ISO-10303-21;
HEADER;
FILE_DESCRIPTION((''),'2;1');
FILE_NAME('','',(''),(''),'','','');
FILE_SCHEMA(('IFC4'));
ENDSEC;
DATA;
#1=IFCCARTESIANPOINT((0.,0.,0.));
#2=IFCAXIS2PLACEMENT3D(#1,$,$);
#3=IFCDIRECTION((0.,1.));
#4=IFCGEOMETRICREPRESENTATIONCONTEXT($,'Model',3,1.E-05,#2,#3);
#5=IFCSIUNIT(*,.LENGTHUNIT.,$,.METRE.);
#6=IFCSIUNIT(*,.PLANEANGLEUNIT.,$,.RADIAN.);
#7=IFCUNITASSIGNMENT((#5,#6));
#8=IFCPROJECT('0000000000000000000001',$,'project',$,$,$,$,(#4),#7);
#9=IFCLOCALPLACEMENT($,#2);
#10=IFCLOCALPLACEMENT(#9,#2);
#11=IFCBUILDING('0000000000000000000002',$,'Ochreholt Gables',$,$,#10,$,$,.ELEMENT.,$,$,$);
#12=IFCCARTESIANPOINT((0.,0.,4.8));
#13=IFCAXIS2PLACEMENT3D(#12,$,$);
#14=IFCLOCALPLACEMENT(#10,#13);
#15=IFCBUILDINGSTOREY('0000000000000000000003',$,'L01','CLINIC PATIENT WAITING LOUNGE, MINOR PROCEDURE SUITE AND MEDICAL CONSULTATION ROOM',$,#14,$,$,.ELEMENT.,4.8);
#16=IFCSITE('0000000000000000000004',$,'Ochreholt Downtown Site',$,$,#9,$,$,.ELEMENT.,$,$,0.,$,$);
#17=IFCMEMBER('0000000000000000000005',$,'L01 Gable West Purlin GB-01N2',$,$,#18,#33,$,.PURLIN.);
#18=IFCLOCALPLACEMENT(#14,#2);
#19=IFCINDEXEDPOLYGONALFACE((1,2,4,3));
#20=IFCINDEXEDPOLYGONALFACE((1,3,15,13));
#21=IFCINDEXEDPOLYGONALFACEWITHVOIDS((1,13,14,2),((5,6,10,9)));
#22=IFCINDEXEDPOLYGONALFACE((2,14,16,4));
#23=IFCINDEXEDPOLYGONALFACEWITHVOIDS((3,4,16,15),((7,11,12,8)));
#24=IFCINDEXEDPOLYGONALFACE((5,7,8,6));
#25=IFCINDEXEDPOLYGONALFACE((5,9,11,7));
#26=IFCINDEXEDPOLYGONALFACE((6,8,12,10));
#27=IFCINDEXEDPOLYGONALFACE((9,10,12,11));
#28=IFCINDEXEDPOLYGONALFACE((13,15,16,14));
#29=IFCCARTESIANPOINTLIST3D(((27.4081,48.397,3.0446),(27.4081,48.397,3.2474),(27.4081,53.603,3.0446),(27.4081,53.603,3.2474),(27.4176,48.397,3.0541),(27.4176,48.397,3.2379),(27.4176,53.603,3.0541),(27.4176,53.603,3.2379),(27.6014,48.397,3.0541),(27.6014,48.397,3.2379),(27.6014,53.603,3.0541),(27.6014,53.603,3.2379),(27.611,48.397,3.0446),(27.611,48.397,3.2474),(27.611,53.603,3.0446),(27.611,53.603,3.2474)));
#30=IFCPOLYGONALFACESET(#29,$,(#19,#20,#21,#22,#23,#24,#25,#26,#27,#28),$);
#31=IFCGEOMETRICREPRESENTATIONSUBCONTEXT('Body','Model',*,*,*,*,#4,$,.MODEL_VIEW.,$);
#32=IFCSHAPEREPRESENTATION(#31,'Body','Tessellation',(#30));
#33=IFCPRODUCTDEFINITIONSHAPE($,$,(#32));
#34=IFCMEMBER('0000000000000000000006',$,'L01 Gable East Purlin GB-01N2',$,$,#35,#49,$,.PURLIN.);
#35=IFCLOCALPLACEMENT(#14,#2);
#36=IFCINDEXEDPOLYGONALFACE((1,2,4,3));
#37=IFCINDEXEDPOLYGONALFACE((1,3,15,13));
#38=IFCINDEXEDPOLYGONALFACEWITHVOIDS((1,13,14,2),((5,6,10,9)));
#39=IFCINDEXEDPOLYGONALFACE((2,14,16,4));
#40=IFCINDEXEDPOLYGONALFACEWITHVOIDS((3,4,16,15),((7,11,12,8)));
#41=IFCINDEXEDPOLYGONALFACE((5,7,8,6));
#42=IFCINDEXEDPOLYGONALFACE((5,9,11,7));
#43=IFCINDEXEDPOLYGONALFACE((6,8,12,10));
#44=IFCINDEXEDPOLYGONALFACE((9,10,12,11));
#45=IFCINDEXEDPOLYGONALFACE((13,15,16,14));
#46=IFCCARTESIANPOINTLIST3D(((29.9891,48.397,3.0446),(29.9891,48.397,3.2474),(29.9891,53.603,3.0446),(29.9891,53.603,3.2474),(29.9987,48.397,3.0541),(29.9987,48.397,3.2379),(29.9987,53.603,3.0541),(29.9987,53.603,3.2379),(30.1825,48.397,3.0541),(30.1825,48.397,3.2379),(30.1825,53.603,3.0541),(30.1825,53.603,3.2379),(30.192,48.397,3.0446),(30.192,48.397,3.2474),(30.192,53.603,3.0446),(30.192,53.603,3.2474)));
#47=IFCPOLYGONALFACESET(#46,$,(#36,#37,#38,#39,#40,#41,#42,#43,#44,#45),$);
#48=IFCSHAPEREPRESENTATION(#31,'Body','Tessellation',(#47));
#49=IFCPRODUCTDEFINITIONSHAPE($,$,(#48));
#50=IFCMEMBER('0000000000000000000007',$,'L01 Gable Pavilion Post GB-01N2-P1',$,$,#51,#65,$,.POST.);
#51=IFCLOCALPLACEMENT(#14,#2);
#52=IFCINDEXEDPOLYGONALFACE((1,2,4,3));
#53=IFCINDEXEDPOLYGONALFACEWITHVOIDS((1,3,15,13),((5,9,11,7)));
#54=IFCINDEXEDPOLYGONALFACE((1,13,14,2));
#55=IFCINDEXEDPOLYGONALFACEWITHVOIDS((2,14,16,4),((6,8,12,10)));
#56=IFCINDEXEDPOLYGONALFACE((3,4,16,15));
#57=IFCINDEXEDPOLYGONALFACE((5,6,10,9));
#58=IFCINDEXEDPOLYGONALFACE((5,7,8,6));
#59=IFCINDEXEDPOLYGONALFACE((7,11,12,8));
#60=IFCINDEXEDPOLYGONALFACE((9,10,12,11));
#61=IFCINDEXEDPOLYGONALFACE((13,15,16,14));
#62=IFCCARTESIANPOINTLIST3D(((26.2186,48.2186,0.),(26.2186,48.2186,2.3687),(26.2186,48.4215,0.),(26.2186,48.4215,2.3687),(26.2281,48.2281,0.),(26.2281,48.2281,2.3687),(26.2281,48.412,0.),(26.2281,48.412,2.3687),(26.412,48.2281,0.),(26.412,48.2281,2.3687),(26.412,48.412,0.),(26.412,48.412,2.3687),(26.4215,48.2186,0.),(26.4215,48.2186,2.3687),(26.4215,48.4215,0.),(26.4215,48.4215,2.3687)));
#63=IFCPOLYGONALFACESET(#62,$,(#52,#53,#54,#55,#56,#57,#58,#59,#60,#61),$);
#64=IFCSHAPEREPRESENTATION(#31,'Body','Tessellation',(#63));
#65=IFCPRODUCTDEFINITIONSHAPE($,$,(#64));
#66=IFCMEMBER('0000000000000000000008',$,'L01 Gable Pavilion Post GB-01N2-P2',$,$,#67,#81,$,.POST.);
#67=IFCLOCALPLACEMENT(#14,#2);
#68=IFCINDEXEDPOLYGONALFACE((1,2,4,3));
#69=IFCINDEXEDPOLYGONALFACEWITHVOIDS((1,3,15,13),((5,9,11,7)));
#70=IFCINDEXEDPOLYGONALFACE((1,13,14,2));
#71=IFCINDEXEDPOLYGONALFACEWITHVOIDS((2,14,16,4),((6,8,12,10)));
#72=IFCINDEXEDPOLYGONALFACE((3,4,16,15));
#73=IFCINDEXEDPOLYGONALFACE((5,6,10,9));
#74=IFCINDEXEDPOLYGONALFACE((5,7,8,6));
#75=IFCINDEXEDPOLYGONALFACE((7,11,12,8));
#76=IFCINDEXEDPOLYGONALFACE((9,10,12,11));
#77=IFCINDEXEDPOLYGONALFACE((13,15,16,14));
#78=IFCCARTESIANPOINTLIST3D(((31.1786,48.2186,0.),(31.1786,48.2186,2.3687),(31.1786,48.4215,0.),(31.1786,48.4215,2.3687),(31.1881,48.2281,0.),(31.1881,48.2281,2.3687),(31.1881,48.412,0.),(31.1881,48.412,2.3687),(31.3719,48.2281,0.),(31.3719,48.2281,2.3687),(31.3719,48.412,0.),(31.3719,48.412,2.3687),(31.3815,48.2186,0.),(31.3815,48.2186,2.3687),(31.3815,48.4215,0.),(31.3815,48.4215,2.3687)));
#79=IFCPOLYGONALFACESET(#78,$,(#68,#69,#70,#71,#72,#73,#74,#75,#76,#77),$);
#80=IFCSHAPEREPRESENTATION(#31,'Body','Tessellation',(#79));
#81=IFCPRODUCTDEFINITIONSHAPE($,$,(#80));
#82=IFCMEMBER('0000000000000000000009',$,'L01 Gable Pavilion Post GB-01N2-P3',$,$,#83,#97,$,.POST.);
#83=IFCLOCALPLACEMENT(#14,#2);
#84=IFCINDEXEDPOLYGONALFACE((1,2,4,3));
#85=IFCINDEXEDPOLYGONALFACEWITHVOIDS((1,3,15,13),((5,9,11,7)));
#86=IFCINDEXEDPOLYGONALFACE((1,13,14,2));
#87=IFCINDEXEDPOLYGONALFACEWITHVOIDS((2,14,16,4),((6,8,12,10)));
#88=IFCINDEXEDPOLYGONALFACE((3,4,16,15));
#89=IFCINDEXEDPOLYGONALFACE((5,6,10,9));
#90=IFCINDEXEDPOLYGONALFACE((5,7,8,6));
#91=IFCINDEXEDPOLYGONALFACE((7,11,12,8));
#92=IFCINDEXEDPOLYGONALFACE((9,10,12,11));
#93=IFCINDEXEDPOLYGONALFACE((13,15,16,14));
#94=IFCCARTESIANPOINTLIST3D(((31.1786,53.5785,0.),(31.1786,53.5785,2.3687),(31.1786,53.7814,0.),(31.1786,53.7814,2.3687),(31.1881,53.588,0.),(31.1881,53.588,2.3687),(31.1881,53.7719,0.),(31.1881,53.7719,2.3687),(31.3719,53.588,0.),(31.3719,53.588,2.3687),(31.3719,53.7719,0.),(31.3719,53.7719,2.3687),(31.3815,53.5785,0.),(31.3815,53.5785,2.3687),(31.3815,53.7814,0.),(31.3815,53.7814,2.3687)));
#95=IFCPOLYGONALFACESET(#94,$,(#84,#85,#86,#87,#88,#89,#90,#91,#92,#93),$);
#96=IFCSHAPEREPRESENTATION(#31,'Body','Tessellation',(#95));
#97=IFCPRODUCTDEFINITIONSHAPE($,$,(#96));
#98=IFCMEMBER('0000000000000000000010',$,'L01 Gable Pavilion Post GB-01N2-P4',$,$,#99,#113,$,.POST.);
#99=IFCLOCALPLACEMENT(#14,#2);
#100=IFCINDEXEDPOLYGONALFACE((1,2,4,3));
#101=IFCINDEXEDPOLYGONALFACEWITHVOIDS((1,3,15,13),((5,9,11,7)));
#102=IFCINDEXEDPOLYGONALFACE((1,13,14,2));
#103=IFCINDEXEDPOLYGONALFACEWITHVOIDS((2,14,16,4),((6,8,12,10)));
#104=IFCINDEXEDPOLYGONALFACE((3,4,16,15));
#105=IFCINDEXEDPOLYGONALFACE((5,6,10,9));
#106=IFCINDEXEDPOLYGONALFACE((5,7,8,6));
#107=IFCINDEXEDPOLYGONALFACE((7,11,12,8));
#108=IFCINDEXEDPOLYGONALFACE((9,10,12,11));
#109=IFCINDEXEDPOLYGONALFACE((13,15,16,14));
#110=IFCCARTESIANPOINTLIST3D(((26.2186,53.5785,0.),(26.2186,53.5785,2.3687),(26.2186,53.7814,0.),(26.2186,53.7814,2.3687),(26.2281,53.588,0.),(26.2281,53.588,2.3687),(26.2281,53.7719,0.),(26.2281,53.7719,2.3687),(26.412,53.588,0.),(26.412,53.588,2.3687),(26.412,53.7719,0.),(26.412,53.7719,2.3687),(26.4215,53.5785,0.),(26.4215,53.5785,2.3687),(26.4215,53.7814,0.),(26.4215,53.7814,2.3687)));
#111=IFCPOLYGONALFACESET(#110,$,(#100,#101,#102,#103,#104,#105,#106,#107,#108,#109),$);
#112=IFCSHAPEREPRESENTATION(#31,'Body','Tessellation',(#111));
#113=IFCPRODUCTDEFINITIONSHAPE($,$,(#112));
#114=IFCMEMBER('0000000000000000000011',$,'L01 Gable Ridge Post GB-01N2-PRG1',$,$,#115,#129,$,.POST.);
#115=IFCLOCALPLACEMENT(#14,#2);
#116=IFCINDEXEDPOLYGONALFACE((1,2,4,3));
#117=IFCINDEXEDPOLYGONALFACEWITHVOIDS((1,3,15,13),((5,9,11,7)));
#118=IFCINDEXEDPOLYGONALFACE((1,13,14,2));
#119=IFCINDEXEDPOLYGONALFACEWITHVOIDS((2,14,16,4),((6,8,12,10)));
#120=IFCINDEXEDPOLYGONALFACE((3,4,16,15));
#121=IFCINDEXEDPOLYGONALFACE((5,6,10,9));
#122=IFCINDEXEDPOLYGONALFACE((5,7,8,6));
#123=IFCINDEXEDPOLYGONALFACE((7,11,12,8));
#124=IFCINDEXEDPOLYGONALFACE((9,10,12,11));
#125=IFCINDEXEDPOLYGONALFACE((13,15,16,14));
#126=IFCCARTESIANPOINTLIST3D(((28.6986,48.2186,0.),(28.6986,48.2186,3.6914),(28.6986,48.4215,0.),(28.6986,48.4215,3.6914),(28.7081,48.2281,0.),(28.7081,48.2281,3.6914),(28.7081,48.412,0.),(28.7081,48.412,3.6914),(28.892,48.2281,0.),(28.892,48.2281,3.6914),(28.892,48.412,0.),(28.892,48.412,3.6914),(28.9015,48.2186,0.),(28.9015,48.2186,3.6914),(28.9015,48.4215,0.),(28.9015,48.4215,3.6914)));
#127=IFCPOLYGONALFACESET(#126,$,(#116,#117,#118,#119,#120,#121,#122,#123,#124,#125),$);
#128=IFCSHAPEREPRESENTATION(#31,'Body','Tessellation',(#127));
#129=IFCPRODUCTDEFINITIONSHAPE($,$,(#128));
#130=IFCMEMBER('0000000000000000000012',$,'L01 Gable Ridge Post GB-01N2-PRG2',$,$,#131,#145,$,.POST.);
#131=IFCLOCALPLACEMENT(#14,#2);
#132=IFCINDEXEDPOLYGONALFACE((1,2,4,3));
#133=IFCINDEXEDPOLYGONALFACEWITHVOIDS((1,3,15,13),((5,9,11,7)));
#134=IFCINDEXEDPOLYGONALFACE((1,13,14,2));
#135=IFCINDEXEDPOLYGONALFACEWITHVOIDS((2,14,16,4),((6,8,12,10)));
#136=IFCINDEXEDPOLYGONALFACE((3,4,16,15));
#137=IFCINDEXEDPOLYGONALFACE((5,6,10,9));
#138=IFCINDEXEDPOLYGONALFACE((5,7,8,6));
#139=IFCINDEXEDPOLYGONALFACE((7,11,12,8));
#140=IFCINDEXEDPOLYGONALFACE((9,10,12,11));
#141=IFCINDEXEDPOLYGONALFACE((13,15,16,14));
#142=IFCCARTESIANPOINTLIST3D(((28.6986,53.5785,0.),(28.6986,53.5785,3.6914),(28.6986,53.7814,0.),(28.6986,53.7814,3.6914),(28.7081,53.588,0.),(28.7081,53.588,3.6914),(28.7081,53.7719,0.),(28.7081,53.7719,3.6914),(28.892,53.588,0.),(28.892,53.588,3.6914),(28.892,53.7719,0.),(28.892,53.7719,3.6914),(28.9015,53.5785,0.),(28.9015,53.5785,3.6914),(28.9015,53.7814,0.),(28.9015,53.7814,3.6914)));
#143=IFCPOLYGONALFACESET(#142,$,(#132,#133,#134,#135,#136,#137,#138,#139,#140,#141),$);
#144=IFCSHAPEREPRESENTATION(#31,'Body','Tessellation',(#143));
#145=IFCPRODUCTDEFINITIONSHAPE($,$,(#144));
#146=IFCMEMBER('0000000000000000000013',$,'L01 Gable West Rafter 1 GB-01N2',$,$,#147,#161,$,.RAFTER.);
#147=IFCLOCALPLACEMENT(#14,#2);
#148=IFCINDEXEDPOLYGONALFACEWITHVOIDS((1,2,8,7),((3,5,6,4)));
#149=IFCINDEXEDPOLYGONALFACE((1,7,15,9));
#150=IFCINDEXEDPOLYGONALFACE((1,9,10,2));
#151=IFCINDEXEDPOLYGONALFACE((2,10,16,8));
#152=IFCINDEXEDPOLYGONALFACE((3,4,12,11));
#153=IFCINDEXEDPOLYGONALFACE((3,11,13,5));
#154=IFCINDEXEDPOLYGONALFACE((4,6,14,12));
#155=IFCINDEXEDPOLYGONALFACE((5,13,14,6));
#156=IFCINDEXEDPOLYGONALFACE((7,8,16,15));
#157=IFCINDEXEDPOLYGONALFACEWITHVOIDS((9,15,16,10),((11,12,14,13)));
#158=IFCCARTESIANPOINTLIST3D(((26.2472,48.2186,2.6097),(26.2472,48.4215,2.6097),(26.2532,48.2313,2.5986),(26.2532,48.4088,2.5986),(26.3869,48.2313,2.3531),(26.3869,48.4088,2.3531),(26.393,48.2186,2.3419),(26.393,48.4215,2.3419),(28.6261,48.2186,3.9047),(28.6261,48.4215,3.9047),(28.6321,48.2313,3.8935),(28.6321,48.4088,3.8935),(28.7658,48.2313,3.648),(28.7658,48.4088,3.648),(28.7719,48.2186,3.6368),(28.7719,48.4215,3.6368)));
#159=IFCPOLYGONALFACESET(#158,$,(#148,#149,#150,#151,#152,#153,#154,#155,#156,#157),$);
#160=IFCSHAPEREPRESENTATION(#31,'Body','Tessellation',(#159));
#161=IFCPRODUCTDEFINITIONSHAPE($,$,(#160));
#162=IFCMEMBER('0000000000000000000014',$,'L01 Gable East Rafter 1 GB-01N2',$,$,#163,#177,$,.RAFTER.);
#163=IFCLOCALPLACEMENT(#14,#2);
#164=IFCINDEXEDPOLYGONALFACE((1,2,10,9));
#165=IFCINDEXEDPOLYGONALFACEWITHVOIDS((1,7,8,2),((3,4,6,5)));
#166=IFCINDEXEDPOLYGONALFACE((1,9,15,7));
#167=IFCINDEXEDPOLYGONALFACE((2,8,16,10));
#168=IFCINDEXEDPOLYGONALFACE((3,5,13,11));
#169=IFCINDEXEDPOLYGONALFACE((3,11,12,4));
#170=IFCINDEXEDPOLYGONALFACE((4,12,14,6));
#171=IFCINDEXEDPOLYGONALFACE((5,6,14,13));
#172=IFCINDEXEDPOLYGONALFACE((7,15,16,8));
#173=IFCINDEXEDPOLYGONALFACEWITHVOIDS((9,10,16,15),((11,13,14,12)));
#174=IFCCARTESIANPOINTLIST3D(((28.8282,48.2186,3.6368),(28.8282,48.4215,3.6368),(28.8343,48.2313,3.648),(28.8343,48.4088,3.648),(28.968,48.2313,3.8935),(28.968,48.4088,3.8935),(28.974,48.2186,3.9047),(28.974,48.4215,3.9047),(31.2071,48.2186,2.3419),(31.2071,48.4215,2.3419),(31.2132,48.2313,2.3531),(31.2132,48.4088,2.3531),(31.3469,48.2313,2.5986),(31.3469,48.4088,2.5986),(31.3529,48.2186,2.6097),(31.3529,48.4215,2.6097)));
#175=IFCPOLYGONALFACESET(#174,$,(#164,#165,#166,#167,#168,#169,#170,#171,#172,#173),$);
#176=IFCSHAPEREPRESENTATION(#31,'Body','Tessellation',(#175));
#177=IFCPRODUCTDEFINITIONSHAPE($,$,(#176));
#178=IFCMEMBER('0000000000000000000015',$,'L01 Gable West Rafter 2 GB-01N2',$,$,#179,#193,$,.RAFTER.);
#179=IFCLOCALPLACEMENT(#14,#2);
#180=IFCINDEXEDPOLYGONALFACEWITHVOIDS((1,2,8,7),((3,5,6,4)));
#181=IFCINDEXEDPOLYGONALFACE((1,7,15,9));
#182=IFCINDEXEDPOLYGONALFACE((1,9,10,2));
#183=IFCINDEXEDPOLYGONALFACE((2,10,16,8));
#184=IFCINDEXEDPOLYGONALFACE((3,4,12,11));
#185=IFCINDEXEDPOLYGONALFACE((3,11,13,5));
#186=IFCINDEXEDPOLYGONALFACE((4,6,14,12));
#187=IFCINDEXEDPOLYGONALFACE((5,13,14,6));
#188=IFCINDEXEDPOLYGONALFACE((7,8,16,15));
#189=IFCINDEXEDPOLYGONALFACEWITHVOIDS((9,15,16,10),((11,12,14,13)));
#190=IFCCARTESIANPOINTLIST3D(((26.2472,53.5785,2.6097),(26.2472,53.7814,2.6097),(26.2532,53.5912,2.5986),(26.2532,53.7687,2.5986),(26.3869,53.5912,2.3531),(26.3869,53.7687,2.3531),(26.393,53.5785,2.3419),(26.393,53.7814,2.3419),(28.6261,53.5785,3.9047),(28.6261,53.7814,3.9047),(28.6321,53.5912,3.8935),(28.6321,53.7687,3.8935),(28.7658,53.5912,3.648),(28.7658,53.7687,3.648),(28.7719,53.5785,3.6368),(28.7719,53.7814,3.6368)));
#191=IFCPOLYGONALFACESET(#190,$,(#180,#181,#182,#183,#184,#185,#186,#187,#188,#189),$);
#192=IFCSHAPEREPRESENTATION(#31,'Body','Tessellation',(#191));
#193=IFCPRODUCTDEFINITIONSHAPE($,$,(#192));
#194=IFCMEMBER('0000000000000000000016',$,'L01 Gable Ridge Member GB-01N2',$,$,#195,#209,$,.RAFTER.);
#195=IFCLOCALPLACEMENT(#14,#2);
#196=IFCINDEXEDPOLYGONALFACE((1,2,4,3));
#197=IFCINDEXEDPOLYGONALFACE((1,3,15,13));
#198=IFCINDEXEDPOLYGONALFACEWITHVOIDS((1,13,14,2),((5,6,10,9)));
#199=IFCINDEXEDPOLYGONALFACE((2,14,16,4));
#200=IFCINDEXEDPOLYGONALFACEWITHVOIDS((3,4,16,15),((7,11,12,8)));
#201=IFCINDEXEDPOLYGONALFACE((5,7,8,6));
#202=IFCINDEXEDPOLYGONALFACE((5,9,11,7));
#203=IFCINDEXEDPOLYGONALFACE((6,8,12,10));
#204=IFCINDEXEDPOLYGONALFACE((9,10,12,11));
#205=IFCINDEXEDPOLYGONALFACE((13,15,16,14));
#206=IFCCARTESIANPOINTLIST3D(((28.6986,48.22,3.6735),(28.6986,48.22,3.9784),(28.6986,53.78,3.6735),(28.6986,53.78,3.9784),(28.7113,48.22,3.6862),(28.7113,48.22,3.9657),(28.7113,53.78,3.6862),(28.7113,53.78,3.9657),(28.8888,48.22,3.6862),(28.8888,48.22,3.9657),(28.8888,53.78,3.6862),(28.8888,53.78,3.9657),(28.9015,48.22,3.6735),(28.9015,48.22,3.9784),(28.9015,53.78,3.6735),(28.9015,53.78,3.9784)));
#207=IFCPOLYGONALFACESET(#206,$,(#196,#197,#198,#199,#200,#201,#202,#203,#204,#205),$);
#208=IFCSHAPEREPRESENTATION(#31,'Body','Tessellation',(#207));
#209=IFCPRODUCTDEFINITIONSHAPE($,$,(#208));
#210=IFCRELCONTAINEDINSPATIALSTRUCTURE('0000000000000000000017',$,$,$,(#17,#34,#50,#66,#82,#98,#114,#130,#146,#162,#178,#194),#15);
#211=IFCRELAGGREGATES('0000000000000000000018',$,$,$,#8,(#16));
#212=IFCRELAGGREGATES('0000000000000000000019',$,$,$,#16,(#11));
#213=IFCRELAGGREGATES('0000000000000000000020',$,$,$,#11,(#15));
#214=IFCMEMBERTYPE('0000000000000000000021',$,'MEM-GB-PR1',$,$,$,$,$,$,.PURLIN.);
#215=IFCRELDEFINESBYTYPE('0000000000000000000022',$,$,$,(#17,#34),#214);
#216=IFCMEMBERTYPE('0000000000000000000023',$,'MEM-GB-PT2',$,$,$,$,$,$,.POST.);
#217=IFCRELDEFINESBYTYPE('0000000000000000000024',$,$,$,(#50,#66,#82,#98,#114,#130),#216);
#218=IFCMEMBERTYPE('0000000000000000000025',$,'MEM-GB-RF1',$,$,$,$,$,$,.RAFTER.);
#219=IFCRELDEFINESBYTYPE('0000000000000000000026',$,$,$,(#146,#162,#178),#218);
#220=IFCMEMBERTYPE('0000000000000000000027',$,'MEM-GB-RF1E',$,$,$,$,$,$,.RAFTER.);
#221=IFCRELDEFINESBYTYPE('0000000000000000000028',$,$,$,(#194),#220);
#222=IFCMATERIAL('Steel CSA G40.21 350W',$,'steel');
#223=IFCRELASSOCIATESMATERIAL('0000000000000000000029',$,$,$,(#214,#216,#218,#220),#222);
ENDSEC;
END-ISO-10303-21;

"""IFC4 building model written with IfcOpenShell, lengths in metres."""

from ifc_helpers import new_model, si_unit, direction, frame, origin, origin_2d, place, context, subcontext, project, spatial, hollow_rectangle, extrude, material, material_profile, profile_set, type_object, element, save


model = new_model("IFC4")

# Units and contexts
model_context = context("Model", 3, precision=1e-05, world=origin(), true_north=direction((0.0, 1.0)))
body_context = subcontext(model_context, "Body", "Model", "MODEL_VIEW")
ifc_project = project(units=[si_unit("LENGTHUNIT", "METRE"), si_unit("PLANEANGLEUNIT", "RADIAN")], contexts=[model_context])

# Site, building, storey
site_placement = place(None, origin())
site = spatial("IfcSite", under=ifc_project, at=site_placement, Name="Ochreholt Downtown Site", CompositionType="ELEMENT", RefElevation=0.0)
building_placement = place(site_placement, origin())
building = spatial("IfcBuilding", under=site, at=building_placement, Name="Ochreholt Gables", CompositionType="ELEMENT")
storey_placement = place(building_placement, frame((0.0, 0.0, 4.8)))
storey = spatial("IfcBuildingStorey", under=building, at=storey_placement, Name="L01", Description="CLINIC PATIENT WAITING LOUNGE, MINOR PROCEDURE SUITE AND MEDICAL CONSULTATION ROOM", CompositionType="ELEMENT", Elevation=4.8)

# Members
ifc_material_1 = material(Name="Steel CSA G40.21 350W", Category="steel")
ifc_material_profile_1 = material_profile(ifc_material_1, hollow_rectangle(XDim=0.2029, YDim=0.2029, WallThickness=0.0095, at=origin_2d()), Name="HSS203X203X10")
ifc_profile_set_1 = profile_set([ifc_material_profile_1], Name="Steel CSA G40.21 350W")
member_type_1 = type_object("IfcMemberType", Name="MEM-GB-PR1", PredefinedType="PURLIN", material=ifc_profile_set_1)
for number, where, z_axis, x_axis, name in (
    (1, (27.5095, 48.397, 3.146), (0.0, 1.0, 0.0), (-1.0, 0.0, 0.0), "L01 Gable West Purlin GB-01N2"),
    (2, (30.0906, 48.397, 3.146), (0.0, 1.0, 0.0), (-1.0, 0.0, 0.0), "L01 Gable East Purlin GB-01N2"),
):
    element("IfcMember", number, at=place(storey_placement, frame(where, z_axis=z_axis, x_axis=x_axis)), inside=storey, type_object=member_type_1, Name=name, PredefinedType="PURLIN", context=body_context, shape_type="SweptSolid", body=[
        extrude(hollow_rectangle(XDim=0.2029, YDim=0.2029, WallThickness=0.0095, at=origin_2d()), origin(), (0.0, 0.0, 1.0), 5.2061),
    ])
ifc_material_profile_2 = material_profile(ifc_material_1, hollow_rectangle(XDim=0.2029, YDim=0.2029, WallThickness=0.0095, at=origin_2d()), Name="HSS203X203X10")
ifc_profile_set_2 = profile_set([ifc_material_profile_2], Name="Steel CSA G40.21 350W")
member_type_2 = type_object("IfcMemberType", Name="MEM-GB-PT2", PredefinedType="POST", material=ifc_profile_set_2)
for number, where, z_axis, x_axis, name in (
    (3, (26.3201, 48.3201, 0.0), (0.0, 0.0, 1.0), (1.0, 0.0, 0.0), "L01 Gable Pavilion Post GB-01N2-P1"),
    (4, (31.28, 48.3201, 0.0), (0.0, 0.0, 1.0), (1.0, 0.0, 0.0), "L01 Gable Pavilion Post GB-01N2-P2"),
    (5, (31.28, 53.6799, 0.0), (0.0, 0.0, 1.0), (1.0, 0.0, 0.0), "L01 Gable Pavilion Post GB-01N2-P3"),
    (6, (26.3201, 53.6799, 0.0), (0.0, 0.0, 1.0), (1.0, 0.0, 0.0), "L01 Gable Pavilion Post GB-01N2-P4"),
):
    element("IfcMember", number, at=place(storey_placement, frame(where, z_axis=z_axis, x_axis=x_axis)), inside=storey, type_object=member_type_2, Name=name, PredefinedType="POST", context=body_context, shape_type="SweptSolid", body=[
        extrude(hollow_rectangle(XDim=0.2029, YDim=0.2029, WallThickness=0.0095, at=origin_2d()), origin(), (0.0, 0.0, 1.0), 2.3687),
    ])
for number, where, z_axis, x_axis, name in (
    (7, (28.8, 48.3201, 0.0), (0.0, 0.0, 1.0), (1.0, 0.0, 0.0), "L01 Gable Ridge Post GB-01N2-PRG1"),
    (8, (28.8, 53.6799, 0.0), (0.0, 0.0, 1.0), (1.0, 0.0, 0.0), "L01 Gable Ridge Post GB-01N2-PRG2"),
):
    element("IfcMember", number, at=place(storey_placement, frame(where, z_axis=z_axis, x_axis=x_axis)), inside=storey, type_object=member_type_2, Name=name, PredefinedType="POST", context=body_context, shape_type="SweptSolid", body=[
        extrude(hollow_rectangle(XDim=0.2029, YDim=0.2029, WallThickness=0.0095, at=origin_2d()), origin(), (0.0, 0.0, 1.0), 3.6914),
    ])
ifc_material_profile_3 = material_profile(ifc_material_1, hollow_rectangle(XDim=0.2029, YDim=0.3049, WallThickness=0.0127, at=origin_2d()), Name="HSS305X203X13")
ifc_profile_set_3 = profile_set([ifc_material_profile_3], Name="Steel CSA G40.21 350W")
member_type_3 = type_object("IfcMemberType", Name="MEM-GB-RF1", PredefinedType="RAFTER", material=ifc_profile_set_3)
for number, where, z_axis, x_axis, name in (
    (9, (26.3201, 48.3201, 2.4758), (0.878309, 0.0, 0.478094), (0.0, 1.0, 0.0), "L01 Gable West Rafter 1 GB-01N2"),
    (10, (31.28, 48.3201, 2.4758), (-0.878309, 0.0, 0.478094), (0.0, -1.0, 0.0), "L01 Gable East Rafter 1 GB-01N2"),
    (11, (26.3201, 53.6799, 2.4758), (0.878309, 0.0, 0.478094), (0.0, 1.0, 0.0), "L01 Gable West Rafter 2 GB-01N2"),
):
    element("IfcMember", number, at=place(storey_placement, frame(where, z_axis=z_axis, x_axis=x_axis)), inside=storey, type_object=member_type_3, Name=name, PredefinedType="RAFTER", context=body_context, shape_type="SweptSolid", body=[
        extrude(hollow_rectangle(XDim=0.2029, YDim=0.3049, WallThickness=0.0127, at=origin_2d()), origin(), (0.0, 0.0, 1.0), 2.7085),
    ])
ifc_material_profile_4 = material_profile(ifc_material_1, hollow_rectangle(XDim=0.2029, YDim=0.3049, WallThickness=0.0127, at=origin_2d()), Name="HSS305X203X13")
ifc_profile_set_4 = profile_set([ifc_material_profile_4], Name="Steel CSA G40.21 350W")
member_type_4 = type_object("IfcMemberType", Name="MEM-GB-RF1E", PredefinedType="RAFTER", material=ifc_profile_set_4)
member_placement = place(storey_placement, frame((28.8, 48.22, 3.8259), z_axis=(0.0, 1.0, 0.0), x_axis=(-1.0, 0.0, 0.0)))
element("IfcMember", 12, at=member_placement, inside=storey, type_object=member_type_4, Name="L01 Gable Ridge Member GB-01N2", PredefinedType="RAFTER", context=body_context, shape_type="SweptSolid", body=[
    extrude(hollow_rectangle(XDim=0.2029, YDim=0.3049, WallThickness=0.0127, at=origin_2d()), origin(), (0.0, 0.0, 1.0), 5.5601),
])

save(model, "model.ifc")
